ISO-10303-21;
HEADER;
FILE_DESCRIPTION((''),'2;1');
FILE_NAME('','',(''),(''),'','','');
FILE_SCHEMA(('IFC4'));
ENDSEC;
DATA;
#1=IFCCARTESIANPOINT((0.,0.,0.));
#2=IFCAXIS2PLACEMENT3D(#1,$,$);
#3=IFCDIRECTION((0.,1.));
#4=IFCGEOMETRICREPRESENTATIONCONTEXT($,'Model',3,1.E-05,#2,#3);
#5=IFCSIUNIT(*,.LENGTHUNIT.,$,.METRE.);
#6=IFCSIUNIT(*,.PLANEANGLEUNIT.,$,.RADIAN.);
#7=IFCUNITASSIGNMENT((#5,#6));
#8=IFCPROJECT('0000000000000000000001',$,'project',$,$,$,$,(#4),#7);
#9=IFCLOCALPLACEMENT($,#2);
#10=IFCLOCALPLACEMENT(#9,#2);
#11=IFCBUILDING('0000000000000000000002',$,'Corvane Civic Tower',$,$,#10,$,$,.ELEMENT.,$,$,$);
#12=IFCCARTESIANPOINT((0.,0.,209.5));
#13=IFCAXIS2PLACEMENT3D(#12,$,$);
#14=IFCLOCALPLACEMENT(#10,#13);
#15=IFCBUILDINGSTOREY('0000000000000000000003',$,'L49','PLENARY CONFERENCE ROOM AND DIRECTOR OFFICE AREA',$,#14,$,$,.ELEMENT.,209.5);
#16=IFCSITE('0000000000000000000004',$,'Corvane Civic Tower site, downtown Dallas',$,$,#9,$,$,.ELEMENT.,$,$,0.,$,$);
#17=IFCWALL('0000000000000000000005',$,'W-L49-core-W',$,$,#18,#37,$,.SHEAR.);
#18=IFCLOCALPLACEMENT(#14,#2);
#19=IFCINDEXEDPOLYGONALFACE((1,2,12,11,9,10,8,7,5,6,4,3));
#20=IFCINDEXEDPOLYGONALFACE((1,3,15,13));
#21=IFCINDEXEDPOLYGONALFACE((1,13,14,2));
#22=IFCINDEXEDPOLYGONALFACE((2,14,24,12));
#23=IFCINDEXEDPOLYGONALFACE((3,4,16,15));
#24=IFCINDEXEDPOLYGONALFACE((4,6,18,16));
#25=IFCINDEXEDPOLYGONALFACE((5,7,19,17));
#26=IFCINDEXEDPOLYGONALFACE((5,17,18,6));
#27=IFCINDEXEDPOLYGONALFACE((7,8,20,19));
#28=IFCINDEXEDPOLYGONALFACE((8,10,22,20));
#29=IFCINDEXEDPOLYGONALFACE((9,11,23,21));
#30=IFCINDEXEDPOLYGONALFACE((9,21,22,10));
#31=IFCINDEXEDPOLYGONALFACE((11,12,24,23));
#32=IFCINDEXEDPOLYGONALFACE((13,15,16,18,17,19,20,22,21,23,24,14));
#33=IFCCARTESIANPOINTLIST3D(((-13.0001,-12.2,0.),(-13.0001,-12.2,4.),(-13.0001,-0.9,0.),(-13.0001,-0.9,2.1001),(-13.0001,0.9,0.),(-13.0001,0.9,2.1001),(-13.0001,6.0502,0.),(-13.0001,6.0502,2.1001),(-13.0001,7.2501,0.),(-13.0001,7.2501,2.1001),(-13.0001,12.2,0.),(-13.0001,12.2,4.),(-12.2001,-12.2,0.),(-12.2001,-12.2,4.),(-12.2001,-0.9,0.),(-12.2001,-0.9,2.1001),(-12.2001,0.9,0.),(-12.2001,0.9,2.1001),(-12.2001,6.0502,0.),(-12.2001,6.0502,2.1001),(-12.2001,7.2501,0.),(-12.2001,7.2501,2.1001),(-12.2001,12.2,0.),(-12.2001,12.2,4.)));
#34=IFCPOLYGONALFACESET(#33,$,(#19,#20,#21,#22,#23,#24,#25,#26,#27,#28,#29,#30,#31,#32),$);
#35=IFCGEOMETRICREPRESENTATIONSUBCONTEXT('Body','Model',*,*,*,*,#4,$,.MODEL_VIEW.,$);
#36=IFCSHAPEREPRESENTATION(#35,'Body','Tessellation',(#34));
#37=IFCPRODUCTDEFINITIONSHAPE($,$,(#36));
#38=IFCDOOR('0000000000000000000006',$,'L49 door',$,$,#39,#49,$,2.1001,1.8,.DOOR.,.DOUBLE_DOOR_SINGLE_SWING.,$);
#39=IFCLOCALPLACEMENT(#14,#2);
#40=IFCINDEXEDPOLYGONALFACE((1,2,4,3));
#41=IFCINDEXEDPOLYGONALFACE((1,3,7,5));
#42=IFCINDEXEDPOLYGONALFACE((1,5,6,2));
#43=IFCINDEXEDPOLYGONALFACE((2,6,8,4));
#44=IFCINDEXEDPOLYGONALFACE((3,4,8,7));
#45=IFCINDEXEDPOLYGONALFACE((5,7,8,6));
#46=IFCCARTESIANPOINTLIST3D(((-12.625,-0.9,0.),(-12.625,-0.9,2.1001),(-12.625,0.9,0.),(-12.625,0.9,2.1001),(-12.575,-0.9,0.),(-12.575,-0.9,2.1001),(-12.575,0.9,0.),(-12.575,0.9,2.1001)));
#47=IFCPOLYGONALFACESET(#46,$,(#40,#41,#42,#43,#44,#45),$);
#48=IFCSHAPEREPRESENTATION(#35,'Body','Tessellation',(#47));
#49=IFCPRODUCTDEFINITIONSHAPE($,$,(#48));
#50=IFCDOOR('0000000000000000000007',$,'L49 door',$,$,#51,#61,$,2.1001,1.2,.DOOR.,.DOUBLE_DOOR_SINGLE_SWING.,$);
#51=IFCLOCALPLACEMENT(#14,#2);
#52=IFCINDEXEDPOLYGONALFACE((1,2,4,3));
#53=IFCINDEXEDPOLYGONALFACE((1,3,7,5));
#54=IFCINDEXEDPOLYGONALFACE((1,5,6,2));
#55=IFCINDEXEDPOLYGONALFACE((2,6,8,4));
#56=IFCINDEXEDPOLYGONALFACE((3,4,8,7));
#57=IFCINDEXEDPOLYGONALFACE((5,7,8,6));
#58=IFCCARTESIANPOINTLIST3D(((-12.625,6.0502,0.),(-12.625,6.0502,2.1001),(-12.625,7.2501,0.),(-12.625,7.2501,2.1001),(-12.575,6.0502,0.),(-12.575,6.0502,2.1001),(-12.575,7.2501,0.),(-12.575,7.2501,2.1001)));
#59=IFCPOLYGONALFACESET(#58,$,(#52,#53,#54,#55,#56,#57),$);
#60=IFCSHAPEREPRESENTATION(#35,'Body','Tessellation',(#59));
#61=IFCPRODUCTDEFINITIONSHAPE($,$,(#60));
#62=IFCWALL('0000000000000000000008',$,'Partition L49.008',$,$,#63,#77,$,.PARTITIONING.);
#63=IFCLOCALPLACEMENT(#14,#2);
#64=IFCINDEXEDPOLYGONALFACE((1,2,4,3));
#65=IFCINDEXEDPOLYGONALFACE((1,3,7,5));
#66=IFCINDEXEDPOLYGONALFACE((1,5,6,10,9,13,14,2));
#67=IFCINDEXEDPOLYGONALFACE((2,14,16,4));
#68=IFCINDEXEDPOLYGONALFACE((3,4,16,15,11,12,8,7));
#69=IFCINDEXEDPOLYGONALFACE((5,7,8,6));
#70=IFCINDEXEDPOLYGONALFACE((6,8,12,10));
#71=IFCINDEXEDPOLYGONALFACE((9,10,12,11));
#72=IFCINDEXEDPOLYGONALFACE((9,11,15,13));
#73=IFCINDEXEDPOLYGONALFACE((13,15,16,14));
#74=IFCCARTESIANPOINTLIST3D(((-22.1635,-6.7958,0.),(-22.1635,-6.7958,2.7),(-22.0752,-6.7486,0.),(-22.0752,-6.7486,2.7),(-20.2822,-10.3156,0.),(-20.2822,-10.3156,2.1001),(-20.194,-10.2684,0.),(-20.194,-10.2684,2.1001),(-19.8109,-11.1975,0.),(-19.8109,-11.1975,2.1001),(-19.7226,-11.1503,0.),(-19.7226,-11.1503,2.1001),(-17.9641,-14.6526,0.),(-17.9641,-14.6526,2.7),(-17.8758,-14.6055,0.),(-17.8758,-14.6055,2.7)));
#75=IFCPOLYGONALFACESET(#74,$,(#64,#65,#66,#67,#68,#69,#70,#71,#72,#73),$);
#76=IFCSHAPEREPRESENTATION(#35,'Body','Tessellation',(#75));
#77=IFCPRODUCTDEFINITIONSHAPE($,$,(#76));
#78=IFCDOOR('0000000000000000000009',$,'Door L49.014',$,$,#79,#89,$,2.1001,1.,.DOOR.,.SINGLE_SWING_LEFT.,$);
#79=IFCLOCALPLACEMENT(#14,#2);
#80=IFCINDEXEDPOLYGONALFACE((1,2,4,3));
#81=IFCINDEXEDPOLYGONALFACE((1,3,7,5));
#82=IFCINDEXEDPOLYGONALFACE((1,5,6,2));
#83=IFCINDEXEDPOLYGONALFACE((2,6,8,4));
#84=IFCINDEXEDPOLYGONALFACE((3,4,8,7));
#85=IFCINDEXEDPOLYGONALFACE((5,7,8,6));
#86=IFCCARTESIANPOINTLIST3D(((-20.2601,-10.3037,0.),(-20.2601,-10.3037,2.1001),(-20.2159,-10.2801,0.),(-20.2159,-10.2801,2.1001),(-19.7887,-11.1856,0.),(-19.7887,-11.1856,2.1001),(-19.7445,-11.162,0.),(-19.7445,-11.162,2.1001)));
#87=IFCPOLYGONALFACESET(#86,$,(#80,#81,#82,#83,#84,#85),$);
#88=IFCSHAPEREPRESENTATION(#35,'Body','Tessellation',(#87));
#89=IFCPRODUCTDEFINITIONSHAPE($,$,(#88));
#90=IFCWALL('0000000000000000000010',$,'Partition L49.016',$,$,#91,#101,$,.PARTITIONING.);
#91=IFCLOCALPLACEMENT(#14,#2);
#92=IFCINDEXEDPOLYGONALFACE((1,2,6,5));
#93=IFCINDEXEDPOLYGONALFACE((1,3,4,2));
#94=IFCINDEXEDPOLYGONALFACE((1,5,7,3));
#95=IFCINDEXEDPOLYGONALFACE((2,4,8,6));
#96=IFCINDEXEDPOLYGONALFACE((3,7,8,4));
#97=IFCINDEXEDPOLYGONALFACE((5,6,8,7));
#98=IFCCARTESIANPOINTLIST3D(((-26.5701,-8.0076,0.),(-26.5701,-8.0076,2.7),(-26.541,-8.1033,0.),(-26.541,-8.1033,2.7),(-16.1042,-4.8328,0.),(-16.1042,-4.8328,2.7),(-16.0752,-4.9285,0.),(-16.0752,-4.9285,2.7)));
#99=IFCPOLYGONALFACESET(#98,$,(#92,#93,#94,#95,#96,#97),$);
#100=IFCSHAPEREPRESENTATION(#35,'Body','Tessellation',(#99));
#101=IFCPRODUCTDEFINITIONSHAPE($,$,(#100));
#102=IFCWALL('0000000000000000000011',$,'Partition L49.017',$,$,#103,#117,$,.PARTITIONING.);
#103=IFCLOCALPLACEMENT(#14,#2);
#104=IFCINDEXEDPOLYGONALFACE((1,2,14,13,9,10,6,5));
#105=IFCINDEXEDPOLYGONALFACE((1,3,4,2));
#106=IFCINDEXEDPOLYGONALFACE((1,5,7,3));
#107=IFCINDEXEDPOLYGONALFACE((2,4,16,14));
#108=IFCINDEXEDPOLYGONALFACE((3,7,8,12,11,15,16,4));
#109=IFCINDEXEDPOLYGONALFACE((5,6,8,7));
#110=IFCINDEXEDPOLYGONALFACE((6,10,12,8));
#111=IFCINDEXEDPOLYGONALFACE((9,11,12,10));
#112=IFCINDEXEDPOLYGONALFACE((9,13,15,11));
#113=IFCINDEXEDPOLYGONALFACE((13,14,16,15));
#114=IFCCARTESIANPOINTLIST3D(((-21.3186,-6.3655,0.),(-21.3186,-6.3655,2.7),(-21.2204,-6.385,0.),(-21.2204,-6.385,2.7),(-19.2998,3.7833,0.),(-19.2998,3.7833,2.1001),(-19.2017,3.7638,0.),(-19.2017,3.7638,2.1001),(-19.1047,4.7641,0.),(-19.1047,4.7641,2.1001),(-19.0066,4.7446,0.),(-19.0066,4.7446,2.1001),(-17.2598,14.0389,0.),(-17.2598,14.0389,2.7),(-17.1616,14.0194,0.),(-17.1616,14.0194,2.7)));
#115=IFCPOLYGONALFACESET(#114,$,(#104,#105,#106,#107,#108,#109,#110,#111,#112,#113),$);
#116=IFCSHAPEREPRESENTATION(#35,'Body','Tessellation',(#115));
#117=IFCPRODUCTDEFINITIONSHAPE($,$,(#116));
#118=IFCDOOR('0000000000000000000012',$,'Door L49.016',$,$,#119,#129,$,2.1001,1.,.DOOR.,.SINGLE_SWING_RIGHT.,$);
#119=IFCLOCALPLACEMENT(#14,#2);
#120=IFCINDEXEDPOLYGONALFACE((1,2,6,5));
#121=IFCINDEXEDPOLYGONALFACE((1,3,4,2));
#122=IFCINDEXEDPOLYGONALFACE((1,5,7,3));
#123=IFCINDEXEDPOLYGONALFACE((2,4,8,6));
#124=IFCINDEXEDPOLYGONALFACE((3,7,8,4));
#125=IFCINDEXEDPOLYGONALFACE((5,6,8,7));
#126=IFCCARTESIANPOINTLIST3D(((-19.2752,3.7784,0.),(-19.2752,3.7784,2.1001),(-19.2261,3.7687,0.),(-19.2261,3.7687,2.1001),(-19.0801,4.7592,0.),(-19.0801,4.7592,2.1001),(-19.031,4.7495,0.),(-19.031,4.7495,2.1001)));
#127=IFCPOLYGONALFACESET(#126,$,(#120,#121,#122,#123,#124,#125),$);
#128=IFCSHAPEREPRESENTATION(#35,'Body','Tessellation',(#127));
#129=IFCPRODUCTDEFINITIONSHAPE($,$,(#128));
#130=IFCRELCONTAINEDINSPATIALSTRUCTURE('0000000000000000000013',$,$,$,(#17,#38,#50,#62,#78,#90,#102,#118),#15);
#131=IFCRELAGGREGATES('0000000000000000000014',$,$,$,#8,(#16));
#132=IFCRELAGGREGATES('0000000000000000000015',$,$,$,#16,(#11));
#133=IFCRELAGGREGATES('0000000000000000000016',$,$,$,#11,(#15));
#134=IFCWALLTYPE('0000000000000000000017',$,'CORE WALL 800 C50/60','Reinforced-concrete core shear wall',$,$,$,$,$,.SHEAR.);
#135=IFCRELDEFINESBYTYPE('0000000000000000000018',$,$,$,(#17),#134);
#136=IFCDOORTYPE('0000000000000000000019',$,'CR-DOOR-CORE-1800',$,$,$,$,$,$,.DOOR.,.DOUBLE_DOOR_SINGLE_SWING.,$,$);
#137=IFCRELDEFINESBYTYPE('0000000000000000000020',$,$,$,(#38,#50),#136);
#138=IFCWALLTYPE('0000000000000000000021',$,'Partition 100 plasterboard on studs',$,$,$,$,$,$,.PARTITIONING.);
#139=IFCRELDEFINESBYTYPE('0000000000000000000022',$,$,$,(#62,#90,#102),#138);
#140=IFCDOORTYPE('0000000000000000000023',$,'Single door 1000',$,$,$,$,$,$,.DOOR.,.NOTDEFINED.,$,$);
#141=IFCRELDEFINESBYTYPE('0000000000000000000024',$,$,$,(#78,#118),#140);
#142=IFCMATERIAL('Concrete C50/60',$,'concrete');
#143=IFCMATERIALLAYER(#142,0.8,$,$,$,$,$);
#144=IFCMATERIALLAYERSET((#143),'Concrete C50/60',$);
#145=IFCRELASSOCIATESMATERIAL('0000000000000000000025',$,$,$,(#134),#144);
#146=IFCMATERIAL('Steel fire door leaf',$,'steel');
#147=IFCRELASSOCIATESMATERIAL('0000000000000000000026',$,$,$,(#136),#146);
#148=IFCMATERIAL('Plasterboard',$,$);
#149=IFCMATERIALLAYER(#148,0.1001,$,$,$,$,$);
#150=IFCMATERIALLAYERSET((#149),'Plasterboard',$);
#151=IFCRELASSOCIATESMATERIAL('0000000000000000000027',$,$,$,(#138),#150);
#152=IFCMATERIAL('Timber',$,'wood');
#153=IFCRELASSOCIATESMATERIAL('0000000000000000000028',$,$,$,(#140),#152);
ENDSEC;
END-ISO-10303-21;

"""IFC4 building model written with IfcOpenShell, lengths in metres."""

from ifc_helpers import new_model, si_unit, direction, frame, frame_2d, origin, place, context, subcontext, project, spatial, rectangle, extrude, material, layer, layer_set, type_object, element, fill, save


model = new_model("IFC4")

# Units and contexts
model_context = context("Model", 3, precision=1e-05, world=origin(), true_north=direction((0.0, 1.0)))
body_context = subcontext(model_context, "Body", "Model", "MODEL_VIEW")
ifc_project = project(units=[si_unit("LENGTHUNIT", "METRE"), si_unit("PLANEANGLEUNIT", "RADIAN")], contexts=[model_context])

# Site, building, storey
site_placement = place(None, origin())
site = spatial("IfcSite", under=ifc_project, at=site_placement, Name="Corvane Civic Tower site, downtown Dallas", CompositionType="ELEMENT", RefElevation=0.0)
building_placement = place(site_placement, origin())
building = spatial("IfcBuilding", under=site, at=building_placement, Name="Corvane Civic Tower", CompositionType="ELEMENT")
storey_placement = place(building_placement, frame((0.0, 0.0, 209.5)))
storey = spatial("IfcBuildingStorey", under=building, at=storey_placement, Name="L49", Description="PLENARY CONFERENCE ROOM AND DIRECTOR OFFICE AREA", CompositionType="ELEMENT", Elevation=209.5)

# Shared definitions
ifc_material_1 = material(Name="Concrete C50/60", Category="concrete")
ifc_layer_1 = layer(ifc_material_1, 0.8)
ifc_layer_set_1 = layer_set([ifc_layer_1], Name="Concrete C50/60")
wall_type_1 = type_object("IfcWallType", Name="CORE WALL 800 C50/60", Description="Reinforced-concrete core shear wall", PredefinedType="SHEAR", material=ifc_layer_set_1)

# Wall, openings, doors
wall_1_placement = place(storey_placement, frame((-12.6001, -12.2, 0.0), z_axis=(0.0, 0.0, 1.0), x_axis=(0.0, 1.0, 0.0)))
wall_1 = element("IfcWall", 1, at=wall_1_placement, inside=storey, type_object=wall_type_1, Name="W-L49-core-W", PredefinedType="SHEAR", context=body_context, shape_type="SweptSolid", body=[
    extrude(rectangle(XDim=24.3999, YDim=0.8, at=frame_2d((12.2, 0.0))), origin(), (0.0, 0.0, 1.0), 4.0),
])
opening_1_placement = place(wall_1_placement, frame((11.3, 0.0, 0.0)))
opening_1 = element("IfcOpeningElement", 2, at=opening_1_placement, cuts=wall_1, PredefinedType="OPENING", context=body_context, shape_type="SweptSolid", body=[
    extrude(rectangle(XDim=1.8, YDim=2.1001, at=frame_2d((0.8999, 1.05))), frame((0.0, 0.4099, 0.0), z_axis=(0.0, -1.0, 0.0), x_axis=(1.0, 0.0, 0.0)), (0.0, 0.0, 1.0), 0.8201),
])
opening_2_placement = place(wall_1_placement, frame((18.25, 0.0, 0.0)))
opening_2 = element("IfcOpeningElement", 3, at=opening_2_placement, cuts=wall_1, PredefinedType="OPENING", context=body_context, shape_type="SweptSolid", body=[
    extrude(rectangle(XDim=1.2, YDim=2.1001, at=frame_2d((0.6001, 1.05))), frame((0.0, 0.4099, 0.0), z_axis=(0.0, -1.0, 0.0), x_axis=(1.0, 0.0, 0.0)), (0.0, 0.0, 1.0), 0.8201),
])
ifc_material_2 = material(Name="Steel fire door leaf", Category="steel")
door_type_1 = type_object("IfcDoorType", Name="CR-DOOR-CORE-1800", OperationType="DOUBLE_DOOR_SINGLE_SWING", PredefinedType="DOOR", material=ifc_material_2)
door_1_placement = place(opening_1_placement, origin())
door_1 = element("IfcDoor", 4, at=door_1_placement, inside=storey, type_object=door_type_1, Name="L49 door", OperationType="DOUBLE_DOOR_SINGLE_SWING", OverallHeight=2.1001, OverallWidth=1.8, PredefinedType="DOOR", context=body_context, shape_type="SweptSolid", body=[
    extrude(rectangle(XDim=1.8, YDim=2.1001, at=frame_2d((0.8999, 1.05))), frame((0.0, 0.0249, 0.0), z_axis=(0.0, -1.0, 0.0), x_axis=(1.0, 0.0, 0.0)), (0.0, 0.0, 1.0), 0.05),
])
fill(opening_1, door_1)
door_2_placement = place(opening_2_placement, origin())
door_2 = element("IfcDoor", 5, at=door_2_placement, inside=storey, type_object=door_type_1, Name="L49 door", OperationType="DOUBLE_DOOR_SINGLE_SWING", OverallHeight=2.1001, OverallWidth=1.2, PredefinedType="DOOR", context=body_context, shape_type="SweptSolid", body=[
    extrude(rectangle(XDim=1.2, YDim=2.1001, at=frame_2d((0.6001, 1.05))), frame((0.0, 0.0249, 0.0), z_axis=(0.0, -1.0, 0.0), x_axis=(1.0, 0.0, 0.0)), (0.0, 0.0, 1.0), 0.05),
])
fill(opening_2, door_2)

# Wall, opening, door
ifc_material_3 = material(Name="Plasterboard")
ifc_layer_2 = layer(ifc_material_3, 0.1001)
ifc_layer_set_2 = layer_set([ifc_layer_2], Name="Plasterboard")
wall_type_2 = type_object("IfcWallType", Name="Partition 100 plasterboard on studs", PredefinedType="PARTITIONING", material=ifc_layer_set_2)
wall_2_placement = place(storey_placement, frame((-22.1194, -6.7722, 0.0), z_axis=(0.0, 0.0, 1.0), x_axis=(0.471383, -0.881929, 0.0)))
wall_2 = element("IfcWall", 6, at=wall_2_placement, inside=storey, type_object=wall_type_2, Name="Partition L49.008", PredefinedType="PARTITIONING", context=body_context, shape_type="SweptSolid", body=[
    extrude(rectangle(XDim=8.9087, YDim=0.1001, at=frame_2d((4.4543, 0.0))), origin(), (0.0, 0.0, 1.0), 2.7),
])
opening_3_placement = place(wall_2_placement, frame((3.991, 0.0, 0.0)))
opening_3 = element("IfcOpeningElement", 7, at=opening_3_placement, cuts=wall_2, PredefinedType="OPENING", context=body_context, shape_type="SweptSolid", body=[
    extrude(rectangle(XDim=1.0, YDim=2.1001, at=frame_2d((0.5, 1.05))), frame((0.0, 0.0601, 0.0), z_axis=(0.0, -1.0, 0.0), x_axis=(1.0, 0.0, 0.0)), (0.0, 0.0, 1.0), 0.1201),
])
ifc_material_4 = material(Name="Timber", Category="wood")
door_type_2 = type_object("IfcDoorType", Name="Single door 1000", OperationType="NOTDEFINED", PredefinedType="DOOR", material=ifc_material_4)
door_3_placement = place(opening_3_placement, frame((1.0, 0.0, 0.0), z_axis=(0.0, 0.0, 1.0), x_axis=(-1.0, 0.0, 0.0)))
door_3 = element("IfcDoor", 8, at=door_3_placement, inside=storey, type_object=door_type_2, Name="Door L49.014", OperationType="SINGLE_SWING_LEFT", OverallHeight=2.1001, OverallWidth=1.0, PredefinedType="DOOR", context=body_context, shape_type="SweptSolid", body=[
    extrude(rectangle(XDim=1.0, YDim=2.1001, at=frame_2d((0.5, 1.05))), frame((0.0, 0.0249, 0.0), z_axis=(0.0, -1.0, 0.0), x_axis=(1.0, 0.0, 0.0)), (0.0, 0.0, 1.0), 0.05),
])
fill(opening_3, door_3)

# Wall
wall_3_placement = place(storey_placement, frame((-26.5554, -8.0554, 0.0), z_axis=(0.0, 0.0, 1.0), x_axis=(0.95694, 0.290287, 0.0)))
element("IfcWall", 9, at=wall_3_placement, inside=storey, type_object=wall_type_2, Name="Partition L49.016", PredefinedType="PARTITIONING", context=body_context, shape_type="SweptSolid", body=[
    extrude(rectangle(XDim=10.9368, YDim=0.1001, at=frame_2d((5.4683, 0.0))), origin(), (0.0, 0.0, 1.0), 2.7),
])

# Wall, opening, door
wall_4_placement = place(storey_placement, frame((-21.2695, -6.3752, 0.0), z_axis=(0.0, 0.0, 1.0), x_axis=(0.195096, 0.980784, 0.0)))
wall_4 = element("IfcWall", 10, at=wall_4_placement, inside=storey, type_object=wall_type_2, Name="Partition L49.017", PredefinedType="PARTITIONING", context=body_context, shape_type="SweptSolid", body=[
    extrude(rectangle(XDim=20.8042, YDim=0.1001, at=frame_2d((10.4021, 0.0))), origin(), (0.0, 0.0, 1.0), 2.7),
])
opening_4_placement = place(wall_4_placement, frame((10.3477, 0.0, 0.0)))
opening_4 = element("IfcOpeningElement", 11, at=opening_4_placement, cuts=wall_4, PredefinedType="OPENING", context=body_context, shape_type="SweptSolid", body=[
    extrude(rectangle(XDim=1.0, YDim=2.1001, at=frame_2d((0.5, 1.05))), frame((0.0, 0.0601, 0.0), z_axis=(0.0, -1.0, 0.0), x_axis=(1.0, 0.0, 0.0)), (0.0, 0.0, 1.0), 0.1201),
])
door_4_placement = place(opening_4_placement, origin())
door_4 = element("IfcDoor", 12, at=door_4_placement, inside=storey, type_object=door_type_2, Name="Door L49.016", OperationType="SINGLE_SWING_RIGHT", OverallHeight=2.1001, OverallWidth=1.0, PredefinedType="DOOR", context=body_context, shape_type="SweptSolid", body=[
    extrude(rectangle(XDim=1.0, YDim=2.1001, at=frame_2d((0.5, 1.05))), frame((0.0, 0.0249, 0.0), z_axis=(0.0, -1.0, 0.0), x_axis=(1.0, 0.0, 0.0)), (0.0, 0.0, 1.0), 0.05),
])
fill(opening_4, door_4)

save(model, "model.ifc")
